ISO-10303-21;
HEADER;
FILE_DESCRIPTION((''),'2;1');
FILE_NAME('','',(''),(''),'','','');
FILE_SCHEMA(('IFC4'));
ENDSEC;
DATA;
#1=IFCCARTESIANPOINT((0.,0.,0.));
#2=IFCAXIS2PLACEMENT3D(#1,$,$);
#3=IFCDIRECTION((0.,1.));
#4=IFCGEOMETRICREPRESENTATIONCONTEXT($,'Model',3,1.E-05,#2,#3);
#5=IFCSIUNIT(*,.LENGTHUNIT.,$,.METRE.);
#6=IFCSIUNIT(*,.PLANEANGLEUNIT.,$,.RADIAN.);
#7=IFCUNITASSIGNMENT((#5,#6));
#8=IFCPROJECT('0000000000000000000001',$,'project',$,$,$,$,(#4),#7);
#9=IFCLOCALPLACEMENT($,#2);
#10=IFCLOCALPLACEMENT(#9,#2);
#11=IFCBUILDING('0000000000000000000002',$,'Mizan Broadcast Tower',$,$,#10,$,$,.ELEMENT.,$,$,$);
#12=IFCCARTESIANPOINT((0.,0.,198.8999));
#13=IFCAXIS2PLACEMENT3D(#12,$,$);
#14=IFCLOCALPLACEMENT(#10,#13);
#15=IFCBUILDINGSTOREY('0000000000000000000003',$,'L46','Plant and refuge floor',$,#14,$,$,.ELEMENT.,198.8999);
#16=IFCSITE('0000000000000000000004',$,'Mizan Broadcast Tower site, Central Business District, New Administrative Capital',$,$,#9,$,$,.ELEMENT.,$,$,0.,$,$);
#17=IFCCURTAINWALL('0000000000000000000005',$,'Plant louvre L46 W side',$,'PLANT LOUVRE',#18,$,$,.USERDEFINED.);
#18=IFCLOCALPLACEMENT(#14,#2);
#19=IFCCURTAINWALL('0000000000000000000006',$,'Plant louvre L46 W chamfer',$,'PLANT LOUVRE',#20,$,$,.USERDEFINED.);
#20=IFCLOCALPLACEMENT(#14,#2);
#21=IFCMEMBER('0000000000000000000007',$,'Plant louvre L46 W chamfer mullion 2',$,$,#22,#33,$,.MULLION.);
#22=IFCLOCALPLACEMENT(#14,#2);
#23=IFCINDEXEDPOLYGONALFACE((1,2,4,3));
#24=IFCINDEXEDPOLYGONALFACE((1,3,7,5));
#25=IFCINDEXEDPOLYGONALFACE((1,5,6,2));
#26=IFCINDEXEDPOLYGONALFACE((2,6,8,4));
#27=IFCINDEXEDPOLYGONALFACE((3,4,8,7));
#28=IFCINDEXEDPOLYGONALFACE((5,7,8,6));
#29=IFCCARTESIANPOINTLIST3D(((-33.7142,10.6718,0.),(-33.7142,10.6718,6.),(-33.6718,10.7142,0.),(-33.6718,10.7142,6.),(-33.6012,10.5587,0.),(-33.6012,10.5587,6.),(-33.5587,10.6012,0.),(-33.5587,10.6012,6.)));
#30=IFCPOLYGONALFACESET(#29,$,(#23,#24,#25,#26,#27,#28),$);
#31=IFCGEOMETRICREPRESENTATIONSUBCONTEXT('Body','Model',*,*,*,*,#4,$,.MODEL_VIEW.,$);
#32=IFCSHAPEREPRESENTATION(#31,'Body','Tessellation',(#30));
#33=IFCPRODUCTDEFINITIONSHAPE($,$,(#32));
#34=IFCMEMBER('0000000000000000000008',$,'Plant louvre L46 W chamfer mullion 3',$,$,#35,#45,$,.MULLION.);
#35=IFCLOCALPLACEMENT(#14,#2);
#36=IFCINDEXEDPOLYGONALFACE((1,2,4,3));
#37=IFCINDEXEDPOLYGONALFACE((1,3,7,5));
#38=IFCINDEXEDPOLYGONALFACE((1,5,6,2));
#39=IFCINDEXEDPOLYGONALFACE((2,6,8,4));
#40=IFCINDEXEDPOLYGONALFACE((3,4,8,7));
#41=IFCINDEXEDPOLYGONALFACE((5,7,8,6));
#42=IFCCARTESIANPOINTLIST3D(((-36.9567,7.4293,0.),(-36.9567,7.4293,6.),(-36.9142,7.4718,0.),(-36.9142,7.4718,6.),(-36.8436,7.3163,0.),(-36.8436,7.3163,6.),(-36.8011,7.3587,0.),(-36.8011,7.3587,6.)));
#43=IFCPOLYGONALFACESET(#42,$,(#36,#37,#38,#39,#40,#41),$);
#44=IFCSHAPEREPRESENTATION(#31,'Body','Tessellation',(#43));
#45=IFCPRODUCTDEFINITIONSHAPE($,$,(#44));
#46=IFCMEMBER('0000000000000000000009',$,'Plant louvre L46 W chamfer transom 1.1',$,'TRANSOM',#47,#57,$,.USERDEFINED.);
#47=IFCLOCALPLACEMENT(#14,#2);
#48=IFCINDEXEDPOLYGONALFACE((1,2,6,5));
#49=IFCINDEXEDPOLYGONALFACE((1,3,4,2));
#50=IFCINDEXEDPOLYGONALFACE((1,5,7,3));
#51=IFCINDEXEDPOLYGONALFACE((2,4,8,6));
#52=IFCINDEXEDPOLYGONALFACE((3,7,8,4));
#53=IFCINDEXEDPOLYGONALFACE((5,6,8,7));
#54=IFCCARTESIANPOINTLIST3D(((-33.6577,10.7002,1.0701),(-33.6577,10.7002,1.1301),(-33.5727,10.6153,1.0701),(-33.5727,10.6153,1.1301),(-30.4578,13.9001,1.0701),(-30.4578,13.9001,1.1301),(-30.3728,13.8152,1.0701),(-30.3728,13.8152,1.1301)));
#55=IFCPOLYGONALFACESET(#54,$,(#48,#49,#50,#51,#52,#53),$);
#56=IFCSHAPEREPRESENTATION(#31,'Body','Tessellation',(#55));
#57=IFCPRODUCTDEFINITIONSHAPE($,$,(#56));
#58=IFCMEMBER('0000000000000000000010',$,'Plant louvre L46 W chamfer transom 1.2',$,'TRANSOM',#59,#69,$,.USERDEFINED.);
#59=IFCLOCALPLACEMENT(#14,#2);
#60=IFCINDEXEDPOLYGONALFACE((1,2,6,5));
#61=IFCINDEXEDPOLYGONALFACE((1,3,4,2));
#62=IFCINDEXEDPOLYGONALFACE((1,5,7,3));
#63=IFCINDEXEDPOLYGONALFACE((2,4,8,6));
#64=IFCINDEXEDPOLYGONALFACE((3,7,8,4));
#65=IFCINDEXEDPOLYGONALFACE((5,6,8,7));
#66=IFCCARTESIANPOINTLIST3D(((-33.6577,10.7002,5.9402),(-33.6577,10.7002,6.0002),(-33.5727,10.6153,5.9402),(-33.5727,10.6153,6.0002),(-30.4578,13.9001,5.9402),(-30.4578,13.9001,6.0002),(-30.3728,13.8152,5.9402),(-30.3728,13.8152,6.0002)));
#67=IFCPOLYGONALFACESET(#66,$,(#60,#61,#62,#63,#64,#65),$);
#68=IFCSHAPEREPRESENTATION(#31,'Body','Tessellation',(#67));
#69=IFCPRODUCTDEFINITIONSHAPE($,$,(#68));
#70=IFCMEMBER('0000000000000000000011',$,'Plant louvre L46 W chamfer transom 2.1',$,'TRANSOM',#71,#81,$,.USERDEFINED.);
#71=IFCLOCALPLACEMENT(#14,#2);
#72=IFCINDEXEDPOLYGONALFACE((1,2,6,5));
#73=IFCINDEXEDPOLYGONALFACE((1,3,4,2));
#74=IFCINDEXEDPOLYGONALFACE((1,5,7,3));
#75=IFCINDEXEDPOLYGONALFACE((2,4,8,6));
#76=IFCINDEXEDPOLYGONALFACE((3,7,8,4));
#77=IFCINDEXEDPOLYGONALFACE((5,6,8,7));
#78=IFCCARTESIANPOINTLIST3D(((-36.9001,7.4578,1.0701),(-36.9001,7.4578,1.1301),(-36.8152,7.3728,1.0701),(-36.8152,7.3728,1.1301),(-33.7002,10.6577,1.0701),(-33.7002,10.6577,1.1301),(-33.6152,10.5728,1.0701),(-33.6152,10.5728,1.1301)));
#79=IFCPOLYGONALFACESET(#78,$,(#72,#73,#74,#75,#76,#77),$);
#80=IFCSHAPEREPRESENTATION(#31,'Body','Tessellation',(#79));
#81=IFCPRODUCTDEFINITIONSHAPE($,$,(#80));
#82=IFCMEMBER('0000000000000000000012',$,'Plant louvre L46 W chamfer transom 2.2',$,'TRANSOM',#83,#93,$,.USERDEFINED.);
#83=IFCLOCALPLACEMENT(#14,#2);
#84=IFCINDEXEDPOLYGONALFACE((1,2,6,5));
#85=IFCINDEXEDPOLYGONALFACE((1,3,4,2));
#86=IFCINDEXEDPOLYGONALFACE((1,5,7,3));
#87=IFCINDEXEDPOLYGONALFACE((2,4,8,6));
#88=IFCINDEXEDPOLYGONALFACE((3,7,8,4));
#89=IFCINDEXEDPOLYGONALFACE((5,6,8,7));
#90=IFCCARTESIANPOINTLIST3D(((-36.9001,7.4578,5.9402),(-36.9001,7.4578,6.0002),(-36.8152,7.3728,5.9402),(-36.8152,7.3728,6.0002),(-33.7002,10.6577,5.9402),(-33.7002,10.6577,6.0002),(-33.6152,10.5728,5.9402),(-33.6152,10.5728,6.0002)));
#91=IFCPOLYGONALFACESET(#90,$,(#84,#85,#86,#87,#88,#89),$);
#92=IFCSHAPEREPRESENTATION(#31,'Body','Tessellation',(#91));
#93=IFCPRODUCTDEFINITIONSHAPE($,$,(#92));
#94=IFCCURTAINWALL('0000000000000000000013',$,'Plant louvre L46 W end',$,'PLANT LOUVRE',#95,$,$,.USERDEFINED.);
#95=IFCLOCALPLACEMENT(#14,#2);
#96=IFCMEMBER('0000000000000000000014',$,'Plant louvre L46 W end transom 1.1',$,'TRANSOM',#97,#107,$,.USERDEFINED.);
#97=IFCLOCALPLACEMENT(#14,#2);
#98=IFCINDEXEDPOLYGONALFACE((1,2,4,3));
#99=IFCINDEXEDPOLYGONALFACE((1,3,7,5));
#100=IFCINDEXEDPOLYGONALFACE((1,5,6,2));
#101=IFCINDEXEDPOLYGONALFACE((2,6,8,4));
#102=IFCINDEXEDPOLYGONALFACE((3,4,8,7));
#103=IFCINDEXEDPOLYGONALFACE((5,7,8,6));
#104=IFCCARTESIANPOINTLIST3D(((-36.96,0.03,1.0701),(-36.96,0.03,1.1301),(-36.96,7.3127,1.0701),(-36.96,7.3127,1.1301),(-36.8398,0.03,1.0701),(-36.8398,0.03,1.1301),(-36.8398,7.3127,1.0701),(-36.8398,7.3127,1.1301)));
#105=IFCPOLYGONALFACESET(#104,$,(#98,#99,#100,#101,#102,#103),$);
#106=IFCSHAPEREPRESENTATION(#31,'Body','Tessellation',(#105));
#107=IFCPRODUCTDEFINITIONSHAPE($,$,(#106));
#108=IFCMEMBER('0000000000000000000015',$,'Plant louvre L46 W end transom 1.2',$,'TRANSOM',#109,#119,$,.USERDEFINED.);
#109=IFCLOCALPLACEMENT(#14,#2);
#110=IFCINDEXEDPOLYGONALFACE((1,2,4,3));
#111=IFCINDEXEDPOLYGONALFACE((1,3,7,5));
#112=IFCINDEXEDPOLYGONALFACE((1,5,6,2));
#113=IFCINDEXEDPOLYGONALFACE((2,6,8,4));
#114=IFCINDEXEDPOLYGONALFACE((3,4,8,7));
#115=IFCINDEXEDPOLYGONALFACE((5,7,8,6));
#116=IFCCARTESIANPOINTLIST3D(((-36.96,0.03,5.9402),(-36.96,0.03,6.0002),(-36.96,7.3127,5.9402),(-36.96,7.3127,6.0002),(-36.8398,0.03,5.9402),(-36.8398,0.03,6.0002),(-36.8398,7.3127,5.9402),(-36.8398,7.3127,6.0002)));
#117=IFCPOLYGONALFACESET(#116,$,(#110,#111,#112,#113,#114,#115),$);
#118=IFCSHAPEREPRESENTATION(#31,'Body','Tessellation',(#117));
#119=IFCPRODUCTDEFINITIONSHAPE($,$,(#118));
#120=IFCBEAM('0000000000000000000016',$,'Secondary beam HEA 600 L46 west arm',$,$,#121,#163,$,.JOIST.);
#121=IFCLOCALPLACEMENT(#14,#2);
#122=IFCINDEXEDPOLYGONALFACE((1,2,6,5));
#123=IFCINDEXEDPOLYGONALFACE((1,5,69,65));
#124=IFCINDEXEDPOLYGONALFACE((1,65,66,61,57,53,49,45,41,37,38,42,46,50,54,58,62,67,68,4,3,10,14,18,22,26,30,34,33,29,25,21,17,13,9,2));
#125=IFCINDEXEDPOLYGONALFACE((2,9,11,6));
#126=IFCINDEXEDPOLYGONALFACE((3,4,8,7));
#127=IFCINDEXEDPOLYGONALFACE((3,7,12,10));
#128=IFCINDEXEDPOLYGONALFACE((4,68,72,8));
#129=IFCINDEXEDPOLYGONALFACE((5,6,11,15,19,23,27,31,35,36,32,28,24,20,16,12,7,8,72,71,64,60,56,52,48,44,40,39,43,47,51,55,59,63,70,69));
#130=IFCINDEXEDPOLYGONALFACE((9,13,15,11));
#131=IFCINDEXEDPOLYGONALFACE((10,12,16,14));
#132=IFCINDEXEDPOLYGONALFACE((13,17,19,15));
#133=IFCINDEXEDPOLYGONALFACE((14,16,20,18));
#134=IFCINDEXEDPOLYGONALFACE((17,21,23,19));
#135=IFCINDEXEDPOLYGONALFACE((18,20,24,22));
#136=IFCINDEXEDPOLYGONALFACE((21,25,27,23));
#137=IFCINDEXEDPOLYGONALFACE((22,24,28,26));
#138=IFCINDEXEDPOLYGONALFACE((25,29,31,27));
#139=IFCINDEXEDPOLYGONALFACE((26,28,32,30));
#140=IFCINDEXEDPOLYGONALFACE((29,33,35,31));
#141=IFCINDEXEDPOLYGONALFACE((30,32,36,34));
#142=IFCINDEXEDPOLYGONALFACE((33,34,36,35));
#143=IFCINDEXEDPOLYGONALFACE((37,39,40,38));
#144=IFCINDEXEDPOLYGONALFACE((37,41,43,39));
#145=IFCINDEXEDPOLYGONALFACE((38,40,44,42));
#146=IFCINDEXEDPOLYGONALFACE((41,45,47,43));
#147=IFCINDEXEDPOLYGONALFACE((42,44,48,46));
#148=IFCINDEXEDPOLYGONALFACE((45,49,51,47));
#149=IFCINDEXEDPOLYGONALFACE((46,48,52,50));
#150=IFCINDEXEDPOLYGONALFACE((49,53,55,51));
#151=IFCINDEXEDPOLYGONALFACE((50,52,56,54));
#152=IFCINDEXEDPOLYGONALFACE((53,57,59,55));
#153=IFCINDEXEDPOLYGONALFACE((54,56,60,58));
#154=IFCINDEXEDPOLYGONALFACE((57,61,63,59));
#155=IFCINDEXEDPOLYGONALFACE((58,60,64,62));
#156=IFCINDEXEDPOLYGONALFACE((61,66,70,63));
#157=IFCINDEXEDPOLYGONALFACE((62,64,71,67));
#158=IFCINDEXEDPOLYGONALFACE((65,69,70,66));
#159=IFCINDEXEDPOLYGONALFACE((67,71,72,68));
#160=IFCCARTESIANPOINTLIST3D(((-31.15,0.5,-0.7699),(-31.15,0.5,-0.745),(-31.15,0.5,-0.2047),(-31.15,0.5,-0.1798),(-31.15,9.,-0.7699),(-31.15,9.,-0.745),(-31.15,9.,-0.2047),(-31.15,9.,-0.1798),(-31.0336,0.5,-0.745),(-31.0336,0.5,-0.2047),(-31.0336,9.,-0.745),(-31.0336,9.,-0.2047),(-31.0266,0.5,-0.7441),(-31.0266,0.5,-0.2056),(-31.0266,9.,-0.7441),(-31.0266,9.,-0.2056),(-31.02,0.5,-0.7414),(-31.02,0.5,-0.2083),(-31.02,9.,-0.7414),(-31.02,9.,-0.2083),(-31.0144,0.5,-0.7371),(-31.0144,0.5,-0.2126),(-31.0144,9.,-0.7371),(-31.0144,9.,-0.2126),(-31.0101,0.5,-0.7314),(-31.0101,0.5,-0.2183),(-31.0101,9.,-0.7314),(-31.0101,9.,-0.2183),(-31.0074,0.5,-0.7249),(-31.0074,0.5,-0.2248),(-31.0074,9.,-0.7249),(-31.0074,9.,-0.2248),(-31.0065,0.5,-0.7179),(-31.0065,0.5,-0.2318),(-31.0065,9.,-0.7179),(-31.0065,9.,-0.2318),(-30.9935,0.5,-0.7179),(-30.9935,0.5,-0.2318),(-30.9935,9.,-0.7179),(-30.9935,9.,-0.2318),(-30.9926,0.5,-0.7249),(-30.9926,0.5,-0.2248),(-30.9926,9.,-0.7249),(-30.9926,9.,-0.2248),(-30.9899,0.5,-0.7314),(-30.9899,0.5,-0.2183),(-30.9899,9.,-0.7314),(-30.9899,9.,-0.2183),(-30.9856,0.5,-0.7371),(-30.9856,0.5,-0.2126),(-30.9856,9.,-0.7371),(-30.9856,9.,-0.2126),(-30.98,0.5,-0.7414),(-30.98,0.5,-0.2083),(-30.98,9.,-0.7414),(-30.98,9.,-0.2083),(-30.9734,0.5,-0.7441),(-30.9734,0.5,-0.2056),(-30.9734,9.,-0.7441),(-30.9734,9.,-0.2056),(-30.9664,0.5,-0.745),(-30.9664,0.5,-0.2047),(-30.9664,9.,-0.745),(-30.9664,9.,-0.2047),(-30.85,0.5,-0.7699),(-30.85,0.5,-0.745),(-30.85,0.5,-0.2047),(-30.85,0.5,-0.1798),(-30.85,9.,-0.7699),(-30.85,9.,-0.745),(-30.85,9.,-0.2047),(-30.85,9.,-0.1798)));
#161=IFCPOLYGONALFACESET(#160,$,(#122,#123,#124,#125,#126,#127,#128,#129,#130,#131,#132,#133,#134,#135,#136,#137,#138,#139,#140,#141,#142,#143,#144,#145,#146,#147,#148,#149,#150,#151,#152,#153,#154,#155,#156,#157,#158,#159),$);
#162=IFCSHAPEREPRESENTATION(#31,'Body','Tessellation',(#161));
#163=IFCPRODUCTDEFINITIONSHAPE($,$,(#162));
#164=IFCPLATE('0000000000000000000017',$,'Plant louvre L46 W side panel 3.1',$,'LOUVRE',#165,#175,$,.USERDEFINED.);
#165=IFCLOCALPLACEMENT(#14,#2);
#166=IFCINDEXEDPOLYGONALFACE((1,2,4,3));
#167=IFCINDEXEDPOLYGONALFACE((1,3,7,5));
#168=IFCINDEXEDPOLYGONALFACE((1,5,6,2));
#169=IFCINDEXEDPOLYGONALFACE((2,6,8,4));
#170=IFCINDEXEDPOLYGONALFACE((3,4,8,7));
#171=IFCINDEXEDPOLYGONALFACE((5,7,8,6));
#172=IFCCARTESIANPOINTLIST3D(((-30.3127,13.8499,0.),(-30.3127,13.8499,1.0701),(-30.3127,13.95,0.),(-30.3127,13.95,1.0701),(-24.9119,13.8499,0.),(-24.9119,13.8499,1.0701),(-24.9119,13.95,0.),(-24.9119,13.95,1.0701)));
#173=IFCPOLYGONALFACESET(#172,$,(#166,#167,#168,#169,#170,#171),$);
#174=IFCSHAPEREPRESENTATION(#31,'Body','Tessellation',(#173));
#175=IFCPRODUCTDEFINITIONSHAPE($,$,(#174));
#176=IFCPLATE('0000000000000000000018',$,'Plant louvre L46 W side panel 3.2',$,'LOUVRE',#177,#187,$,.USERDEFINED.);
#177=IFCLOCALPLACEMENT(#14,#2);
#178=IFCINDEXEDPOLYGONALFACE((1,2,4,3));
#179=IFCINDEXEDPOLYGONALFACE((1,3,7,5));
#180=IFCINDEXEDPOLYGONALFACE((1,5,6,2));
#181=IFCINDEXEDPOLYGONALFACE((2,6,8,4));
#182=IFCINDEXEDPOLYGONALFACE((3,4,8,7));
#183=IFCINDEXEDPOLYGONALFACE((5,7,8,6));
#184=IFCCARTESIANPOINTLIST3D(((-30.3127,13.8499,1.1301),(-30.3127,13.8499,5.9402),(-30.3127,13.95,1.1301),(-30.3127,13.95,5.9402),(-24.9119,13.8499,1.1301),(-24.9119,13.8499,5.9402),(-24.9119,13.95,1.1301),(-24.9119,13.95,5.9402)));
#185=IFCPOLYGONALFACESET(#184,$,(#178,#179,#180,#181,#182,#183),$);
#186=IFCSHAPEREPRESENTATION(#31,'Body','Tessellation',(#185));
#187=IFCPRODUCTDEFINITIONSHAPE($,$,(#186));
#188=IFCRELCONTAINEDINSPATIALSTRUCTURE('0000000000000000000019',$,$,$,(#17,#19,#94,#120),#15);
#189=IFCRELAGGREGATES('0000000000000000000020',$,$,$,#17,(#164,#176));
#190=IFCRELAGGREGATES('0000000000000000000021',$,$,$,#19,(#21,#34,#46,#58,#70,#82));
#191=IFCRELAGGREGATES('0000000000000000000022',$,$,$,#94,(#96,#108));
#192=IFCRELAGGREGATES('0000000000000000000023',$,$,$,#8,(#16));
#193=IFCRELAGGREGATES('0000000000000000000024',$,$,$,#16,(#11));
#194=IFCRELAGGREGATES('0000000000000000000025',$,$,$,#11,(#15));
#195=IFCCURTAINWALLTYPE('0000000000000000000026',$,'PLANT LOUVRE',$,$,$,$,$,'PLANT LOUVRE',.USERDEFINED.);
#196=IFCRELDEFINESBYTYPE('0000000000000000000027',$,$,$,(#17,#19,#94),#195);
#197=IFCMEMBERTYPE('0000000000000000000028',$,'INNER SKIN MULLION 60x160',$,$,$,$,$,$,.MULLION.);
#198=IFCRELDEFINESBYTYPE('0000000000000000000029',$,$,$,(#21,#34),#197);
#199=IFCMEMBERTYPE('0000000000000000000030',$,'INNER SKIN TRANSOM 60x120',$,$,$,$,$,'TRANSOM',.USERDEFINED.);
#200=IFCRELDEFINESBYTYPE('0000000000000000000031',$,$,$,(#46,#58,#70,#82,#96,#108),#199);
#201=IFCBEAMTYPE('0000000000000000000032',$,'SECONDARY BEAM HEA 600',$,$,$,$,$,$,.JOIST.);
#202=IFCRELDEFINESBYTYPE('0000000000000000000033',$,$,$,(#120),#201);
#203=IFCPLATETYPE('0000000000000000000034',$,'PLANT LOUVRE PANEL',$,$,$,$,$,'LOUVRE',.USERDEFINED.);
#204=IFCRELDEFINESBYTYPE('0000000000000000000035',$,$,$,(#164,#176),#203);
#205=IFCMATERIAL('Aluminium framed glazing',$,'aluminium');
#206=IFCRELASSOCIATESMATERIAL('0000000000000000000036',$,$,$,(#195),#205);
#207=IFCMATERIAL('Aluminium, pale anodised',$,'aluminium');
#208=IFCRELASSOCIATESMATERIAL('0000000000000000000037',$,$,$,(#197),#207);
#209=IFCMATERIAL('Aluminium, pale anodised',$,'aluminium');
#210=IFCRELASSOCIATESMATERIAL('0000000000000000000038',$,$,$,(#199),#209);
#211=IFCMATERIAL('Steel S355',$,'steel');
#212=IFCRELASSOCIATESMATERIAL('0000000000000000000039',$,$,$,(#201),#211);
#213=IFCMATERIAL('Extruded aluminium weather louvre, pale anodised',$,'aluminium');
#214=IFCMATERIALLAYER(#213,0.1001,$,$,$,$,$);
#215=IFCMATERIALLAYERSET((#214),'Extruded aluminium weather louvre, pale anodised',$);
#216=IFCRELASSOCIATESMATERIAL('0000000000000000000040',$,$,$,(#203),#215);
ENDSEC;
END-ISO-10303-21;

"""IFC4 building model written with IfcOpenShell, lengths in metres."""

from ifc_helpers import new_model, si_unit, direction, frame, origin, origin_2d, place, context, subcontext, project, spatial, rectangle, i_section, extrude, material, layer, layer_set, material_profile, profile_set, type_object, element, aggregate, save


model = new_model("IFC4")

# Units and contexts
model_context = context("Model", 3, precision=1e-05, world=origin(), true_north=direction((0.0, 1.0)))
body_context = subcontext(model_context, "Body", "Model", "MODEL_VIEW")
ifc_project = project(units=[si_unit("LENGTHUNIT", "METRE"), si_unit("PLANEANGLEUNIT", "RADIAN")], contexts=[model_context])

# Site, building, storey
site_placement = place(None, origin())
site = spatial("IfcSite", under=ifc_project, at=site_placement, Name="Mizan Broadcast Tower site, Central Business District, New Administrative Capital", CompositionType="ELEMENT", RefElevation=0.0)
building_placement = place(site_placement, origin())
building = spatial("IfcBuilding", under=site, at=building_placement, Name="Mizan Broadcast Tower", CompositionType="ELEMENT")
storey_placement = place(building_placement, frame((0.0, 0.0, 198.8999)))
storey = spatial("IfcBuildingStorey", under=building, at=storey_placement, Name="L46", Description="Plant and refuge floor", CompositionType="ELEMENT", Elevation=198.8999)

# Curtain wall
ifc_material_1 = material(Name="Aluminium framed glazing", Category="aluminium")
curtain_wall_type = type_object("IfcCurtainWallType", Name="PLANT LOUVRE", ElementType="PLANT LOUVRE", PredefinedType="USERDEFINED", material=ifc_material_1)
curtain_wall_1_placement = place(storey_placement, origin())
curtain_wall_1 = element("IfcCurtainWall", 1, at=curtain_wall_1_placement, inside=storey, type_object=curtain_wall_type, Name="Plant louvre L46 W side", ObjectType="PLANT LOUVRE", PredefinedType="USERDEFINED")
ifc_material_2 = material(Name="Aluminium, pale anodised", Category="aluminium")
ifc_material_profile_1 = material_profile(ifc_material_2, rectangle(XDim=0.1599, YDim=0.0601, at=origin_2d()), Name="MULLION 160x60")
ifc_profile_set_1 = profile_set([ifc_material_profile_1], Name="Aluminium, pale anodised")
member_type_1 = type_object("IfcMemberType", Name="INNER SKIN MULLION 60x160", PredefinedType="MULLION", material=ifc_profile_set_1)

# Curtain walls, members
curtain_wall_2_placement = place(storey_placement, origin())
curtain_wall_2 = element("IfcCurtainWall", 2, at=curtain_wall_2_placement, inside=storey, type_object=curtain_wall_type, Name="Plant louvre L46 W chamfer", ObjectType="PLANT LOUVRE", PredefinedType="USERDEFINED")
member_1_placement = place(storey_placement, frame((-33.6365, 10.6365, 0.0), z_axis=(0.0, 0.0, 1.0), x_axis=(0.707107, -0.707107, 0.0)))
member_1 = element("IfcMember", 3, at=member_1_placement, type_object=member_type_1, Name="Plant louvre L46 W chamfer mullion 2", PredefinedType="MULLION", context=body_context, shape_type="SweptSolid", body=[
    extrude(rectangle(XDim=0.1599, YDim=0.0601, at=origin_2d()), origin(), (0.0, 0.0, 1.0), 6.0),
])
member_2_placement = place(storey_placement, frame((-36.8789, 7.394, 0.0), z_axis=(0.0, 0.0, 1.0), x_axis=(0.707107, -0.707107, 0.0)))
member_2 = element("IfcMember", 4, at=member_2_placement, type_object=member_type_1, Name="Plant louvre L46 W chamfer mullion 3", PredefinedType="MULLION", context=body_context, shape_type="SweptSolid", body=[
    extrude(rectangle(XDim=0.1599, YDim=0.0601, at=origin_2d()), origin(), (0.0, 0.0, 1.0), 6.0),
])
ifc_material_3 = material(Name="Aluminium, pale anodised", Category="aluminium")
ifc_material_profile_2 = material_profile(ifc_material_3, rectangle(XDim=0.1201, YDim=0.0601, at=origin_2d()), Name="TRANSOM 120x60")
ifc_profile_set_2 = profile_set([ifc_material_profile_2], Name="Aluminium, pale anodised")
member_type_2 = type_object("IfcMemberType", Name="INNER SKIN TRANSOM 60x120", ElementType="TRANSOM", PredefinedType="USERDEFINED", material=ifc_profile_set_2)
member_3_placement = place(storey_placement, frame((-30.4153, 13.8577, 1.1001), z_axis=(-0.707107, -0.707107, 0.0), x_axis=(0.707107, -0.707107, 0.0)))
member_3 = element("IfcMember", 5, at=member_3_placement, type_object=member_type_2, Name="Plant louvre L46 W chamfer transom 1.1", ObjectType="TRANSOM", PredefinedType="USERDEFINED", context=body_context, shape_type="SweptSolid", body=[
    extrude(rectangle(XDim=0.1201, YDim=0.0601, at=origin_2d()), origin(), (0.0, 0.0, 1.0), 4.5254),
])
member_4_placement = place(storey_placement, frame((-30.4153, 13.8577, 5.9702), z_axis=(-0.707107, -0.707107, 0.0), x_axis=(0.707107, -0.707107, 0.0)))
member_4 = element("IfcMember", 6, at=member_4_placement, type_object=member_type_2, Name="Plant louvre L46 W chamfer transom 1.2", ObjectType="TRANSOM", PredefinedType="USERDEFINED", context=body_context, shape_type="SweptSolid", body=[
    extrude(rectangle(XDim=0.1201, YDim=0.0601, at=origin_2d()), origin(), (0.0, 0.0, 1.0), 4.5254),
])
member_5_placement = place(storey_placement, frame((-33.6577, 10.6152, 1.1001), z_axis=(-0.707107, -0.707107, 0.0), x_axis=(0.707107, -0.707107, 0.0)))
member_5 = element("IfcMember", 7, at=member_5_placement, type_object=member_type_2, Name="Plant louvre L46 W chamfer transom 2.1", ObjectType="TRANSOM", PredefinedType="USERDEFINED", context=body_context, shape_type="SweptSolid", body=[
    extrude(rectangle(XDim=0.1201, YDim=0.0601, at=origin_2d()), origin(), (0.0, 0.0, 1.0), 4.5254),
])
member_6_placement = place(storey_placement, frame((-33.6577, 10.6152, 5.9702), z_axis=(-0.707107, -0.707107, 0.0), x_axis=(0.707107, -0.707107, 0.0)))
member_6 = element("IfcMember", 8, at=member_6_placement, type_object=member_type_2, Name="Plant louvre L46 W chamfer transom 2.2", ObjectType="TRANSOM", PredefinedType="USERDEFINED", context=body_context, shape_type="SweptSolid", body=[
    extrude(rectangle(XDim=0.1201, YDim=0.0601, at=origin_2d()), origin(), (0.0, 0.0, 1.0), 4.5254),
])
curtain_wall_3_placement = place(storey_placement, origin())
curtain_wall_3 = element("IfcCurtainWall", 9, at=curtain_wall_3_placement, inside=storey, type_object=curtain_wall_type, Name="Plant louvre L46 W end", ObjectType="PLANT LOUVRE", PredefinedType="USERDEFINED")
member_7_placement = place(storey_placement, frame((-36.8999, 7.3127, 1.1001), z_axis=(0.0, -1.0, 0.0), x_axis=(1.0, 0.0, 0.0)))
member_7 = element("IfcMember", 10, at=member_7_placement, type_object=member_type_2, Name="Plant louvre L46 W end transom 1.1", ObjectType="TRANSOM", PredefinedType="USERDEFINED", context=body_context, shape_type="SweptSolid", body=[
    extrude(rectangle(XDim=0.1201, YDim=0.0601, at=origin_2d()), origin(), (0.0, 0.0, 1.0), 7.2827),
])
member_8_placement = place(storey_placement, frame((-36.8999, 7.3127, 5.9702), z_axis=(0.0, -1.0, 0.0), x_axis=(1.0, 0.0, 0.0)))
member_8 = element("IfcMember", 11, at=member_8_placement, type_object=member_type_2, Name="Plant louvre L46 W end transom 1.2", ObjectType="TRANSOM", PredefinedType="USERDEFINED", context=body_context, shape_type="SweptSolid", body=[
    extrude(rectangle(XDim=0.1201, YDim=0.0601, at=origin_2d()), origin(), (0.0, 0.0, 1.0), 7.2827),
])

# Beam
ifc_material_4 = material(Name="Steel S355", Category="steel")
ifc_material_profile_3 = material_profile(ifc_material_4, i_section(OverallWidth=0.3, OverallDepth=0.5901, WebThickness=0.0129, FlangeThickness=0.0249, FilletRadius=0.0271, at=origin_2d()), Name="HEA 600")
ifc_profile_set_3 = profile_set([ifc_material_profile_3], Name="Steel S355")
beam_type_1 = type_object("IfcBeamType", Name="SECONDARY BEAM HEA 600", PredefinedType="JOIST", material=ifc_profile_set_3)
beam_1_placement = place(storey_placement, frame((-31.0, 9.0, -0.4749), z_axis=(0.0, -1.0, 0.0), x_axis=(1.0, 0.0, 0.0)))
element("IfcBeam", 12, at=beam_1_placement, inside=storey, type_object=beam_type_1, Name="Secondary beam HEA 600 L46 west arm", PredefinedType="JOIST", context=body_context, shape_type="SweptSolid", body=[
    extrude(i_section(OverallWidth=0.3, OverallDepth=0.5901, WebThickness=0.0129, FlangeThickness=0.0249, FilletRadius=0.0271, at=origin_2d()), origin(), (0.0, 0.0, 1.0), 8.5),
])

# Plates
ifc_material_5 = material(Name="Extruded aluminium weather louvre, pale anodised", Category="aluminium")
ifc_layer = layer(ifc_material_5, 0.1001)
ifc_layer_set = layer_set([ifc_layer], Name="Extruded aluminium weather louvre, pale anodised")
plate_type = type_object("IfcPlateType", Name="PLANT LOUVRE PANEL", ElementType="LOUVRE", PredefinedType="USERDEFINED", material=ifc_layer_set)
plate_1_placement = place(storey_placement, frame((-27.6123, 13.8999, 0.0), z_axis=(0.0, 0.0, 1.0), x_axis=(-1.0, 0.0, 0.0)))
plate_1 = element("IfcPlate", 13, at=plate_1_placement, type_object=plate_type, Name="Plant louvre L46 W side panel 3.1", ObjectType="LOUVRE", PredefinedType="USERDEFINED", context=body_context, shape_type="SweptSolid", body=[
    extrude(rectangle(XDim=5.4009, YDim=0.1001, at=origin_2d()), origin(), (0.0, 0.0, 1.0), 1.0701),
])
plate_2_placement = place(storey_placement, frame((-27.6123, 13.8999, 1.1301), z_axis=(0.0, 0.0, 1.0), x_axis=(-1.0, 0.0, 0.0)))
plate_2 = element("IfcPlate", 14, at=plate_2_placement, type_object=plate_type, Name="Plant louvre L46 W side panel 3.2", ObjectType="LOUVRE", PredefinedType="USERDEFINED", context=body_context, shape_type="SweptSolid", body=[
    extrude(rectangle(XDim=5.4009, YDim=0.1001, at=origin_2d()), origin(), (0.0, 0.0, 1.0), 4.8101),
])
aggregate(curtain_wall_1, [plate_1, plate_2])
aggregate(curtain_wall_2, [member_1, member_2, member_3, member_4, member_5, member_6])
aggregate(curtain_wall_3, [member_7, member_8])

save(model, "model.ifc")
